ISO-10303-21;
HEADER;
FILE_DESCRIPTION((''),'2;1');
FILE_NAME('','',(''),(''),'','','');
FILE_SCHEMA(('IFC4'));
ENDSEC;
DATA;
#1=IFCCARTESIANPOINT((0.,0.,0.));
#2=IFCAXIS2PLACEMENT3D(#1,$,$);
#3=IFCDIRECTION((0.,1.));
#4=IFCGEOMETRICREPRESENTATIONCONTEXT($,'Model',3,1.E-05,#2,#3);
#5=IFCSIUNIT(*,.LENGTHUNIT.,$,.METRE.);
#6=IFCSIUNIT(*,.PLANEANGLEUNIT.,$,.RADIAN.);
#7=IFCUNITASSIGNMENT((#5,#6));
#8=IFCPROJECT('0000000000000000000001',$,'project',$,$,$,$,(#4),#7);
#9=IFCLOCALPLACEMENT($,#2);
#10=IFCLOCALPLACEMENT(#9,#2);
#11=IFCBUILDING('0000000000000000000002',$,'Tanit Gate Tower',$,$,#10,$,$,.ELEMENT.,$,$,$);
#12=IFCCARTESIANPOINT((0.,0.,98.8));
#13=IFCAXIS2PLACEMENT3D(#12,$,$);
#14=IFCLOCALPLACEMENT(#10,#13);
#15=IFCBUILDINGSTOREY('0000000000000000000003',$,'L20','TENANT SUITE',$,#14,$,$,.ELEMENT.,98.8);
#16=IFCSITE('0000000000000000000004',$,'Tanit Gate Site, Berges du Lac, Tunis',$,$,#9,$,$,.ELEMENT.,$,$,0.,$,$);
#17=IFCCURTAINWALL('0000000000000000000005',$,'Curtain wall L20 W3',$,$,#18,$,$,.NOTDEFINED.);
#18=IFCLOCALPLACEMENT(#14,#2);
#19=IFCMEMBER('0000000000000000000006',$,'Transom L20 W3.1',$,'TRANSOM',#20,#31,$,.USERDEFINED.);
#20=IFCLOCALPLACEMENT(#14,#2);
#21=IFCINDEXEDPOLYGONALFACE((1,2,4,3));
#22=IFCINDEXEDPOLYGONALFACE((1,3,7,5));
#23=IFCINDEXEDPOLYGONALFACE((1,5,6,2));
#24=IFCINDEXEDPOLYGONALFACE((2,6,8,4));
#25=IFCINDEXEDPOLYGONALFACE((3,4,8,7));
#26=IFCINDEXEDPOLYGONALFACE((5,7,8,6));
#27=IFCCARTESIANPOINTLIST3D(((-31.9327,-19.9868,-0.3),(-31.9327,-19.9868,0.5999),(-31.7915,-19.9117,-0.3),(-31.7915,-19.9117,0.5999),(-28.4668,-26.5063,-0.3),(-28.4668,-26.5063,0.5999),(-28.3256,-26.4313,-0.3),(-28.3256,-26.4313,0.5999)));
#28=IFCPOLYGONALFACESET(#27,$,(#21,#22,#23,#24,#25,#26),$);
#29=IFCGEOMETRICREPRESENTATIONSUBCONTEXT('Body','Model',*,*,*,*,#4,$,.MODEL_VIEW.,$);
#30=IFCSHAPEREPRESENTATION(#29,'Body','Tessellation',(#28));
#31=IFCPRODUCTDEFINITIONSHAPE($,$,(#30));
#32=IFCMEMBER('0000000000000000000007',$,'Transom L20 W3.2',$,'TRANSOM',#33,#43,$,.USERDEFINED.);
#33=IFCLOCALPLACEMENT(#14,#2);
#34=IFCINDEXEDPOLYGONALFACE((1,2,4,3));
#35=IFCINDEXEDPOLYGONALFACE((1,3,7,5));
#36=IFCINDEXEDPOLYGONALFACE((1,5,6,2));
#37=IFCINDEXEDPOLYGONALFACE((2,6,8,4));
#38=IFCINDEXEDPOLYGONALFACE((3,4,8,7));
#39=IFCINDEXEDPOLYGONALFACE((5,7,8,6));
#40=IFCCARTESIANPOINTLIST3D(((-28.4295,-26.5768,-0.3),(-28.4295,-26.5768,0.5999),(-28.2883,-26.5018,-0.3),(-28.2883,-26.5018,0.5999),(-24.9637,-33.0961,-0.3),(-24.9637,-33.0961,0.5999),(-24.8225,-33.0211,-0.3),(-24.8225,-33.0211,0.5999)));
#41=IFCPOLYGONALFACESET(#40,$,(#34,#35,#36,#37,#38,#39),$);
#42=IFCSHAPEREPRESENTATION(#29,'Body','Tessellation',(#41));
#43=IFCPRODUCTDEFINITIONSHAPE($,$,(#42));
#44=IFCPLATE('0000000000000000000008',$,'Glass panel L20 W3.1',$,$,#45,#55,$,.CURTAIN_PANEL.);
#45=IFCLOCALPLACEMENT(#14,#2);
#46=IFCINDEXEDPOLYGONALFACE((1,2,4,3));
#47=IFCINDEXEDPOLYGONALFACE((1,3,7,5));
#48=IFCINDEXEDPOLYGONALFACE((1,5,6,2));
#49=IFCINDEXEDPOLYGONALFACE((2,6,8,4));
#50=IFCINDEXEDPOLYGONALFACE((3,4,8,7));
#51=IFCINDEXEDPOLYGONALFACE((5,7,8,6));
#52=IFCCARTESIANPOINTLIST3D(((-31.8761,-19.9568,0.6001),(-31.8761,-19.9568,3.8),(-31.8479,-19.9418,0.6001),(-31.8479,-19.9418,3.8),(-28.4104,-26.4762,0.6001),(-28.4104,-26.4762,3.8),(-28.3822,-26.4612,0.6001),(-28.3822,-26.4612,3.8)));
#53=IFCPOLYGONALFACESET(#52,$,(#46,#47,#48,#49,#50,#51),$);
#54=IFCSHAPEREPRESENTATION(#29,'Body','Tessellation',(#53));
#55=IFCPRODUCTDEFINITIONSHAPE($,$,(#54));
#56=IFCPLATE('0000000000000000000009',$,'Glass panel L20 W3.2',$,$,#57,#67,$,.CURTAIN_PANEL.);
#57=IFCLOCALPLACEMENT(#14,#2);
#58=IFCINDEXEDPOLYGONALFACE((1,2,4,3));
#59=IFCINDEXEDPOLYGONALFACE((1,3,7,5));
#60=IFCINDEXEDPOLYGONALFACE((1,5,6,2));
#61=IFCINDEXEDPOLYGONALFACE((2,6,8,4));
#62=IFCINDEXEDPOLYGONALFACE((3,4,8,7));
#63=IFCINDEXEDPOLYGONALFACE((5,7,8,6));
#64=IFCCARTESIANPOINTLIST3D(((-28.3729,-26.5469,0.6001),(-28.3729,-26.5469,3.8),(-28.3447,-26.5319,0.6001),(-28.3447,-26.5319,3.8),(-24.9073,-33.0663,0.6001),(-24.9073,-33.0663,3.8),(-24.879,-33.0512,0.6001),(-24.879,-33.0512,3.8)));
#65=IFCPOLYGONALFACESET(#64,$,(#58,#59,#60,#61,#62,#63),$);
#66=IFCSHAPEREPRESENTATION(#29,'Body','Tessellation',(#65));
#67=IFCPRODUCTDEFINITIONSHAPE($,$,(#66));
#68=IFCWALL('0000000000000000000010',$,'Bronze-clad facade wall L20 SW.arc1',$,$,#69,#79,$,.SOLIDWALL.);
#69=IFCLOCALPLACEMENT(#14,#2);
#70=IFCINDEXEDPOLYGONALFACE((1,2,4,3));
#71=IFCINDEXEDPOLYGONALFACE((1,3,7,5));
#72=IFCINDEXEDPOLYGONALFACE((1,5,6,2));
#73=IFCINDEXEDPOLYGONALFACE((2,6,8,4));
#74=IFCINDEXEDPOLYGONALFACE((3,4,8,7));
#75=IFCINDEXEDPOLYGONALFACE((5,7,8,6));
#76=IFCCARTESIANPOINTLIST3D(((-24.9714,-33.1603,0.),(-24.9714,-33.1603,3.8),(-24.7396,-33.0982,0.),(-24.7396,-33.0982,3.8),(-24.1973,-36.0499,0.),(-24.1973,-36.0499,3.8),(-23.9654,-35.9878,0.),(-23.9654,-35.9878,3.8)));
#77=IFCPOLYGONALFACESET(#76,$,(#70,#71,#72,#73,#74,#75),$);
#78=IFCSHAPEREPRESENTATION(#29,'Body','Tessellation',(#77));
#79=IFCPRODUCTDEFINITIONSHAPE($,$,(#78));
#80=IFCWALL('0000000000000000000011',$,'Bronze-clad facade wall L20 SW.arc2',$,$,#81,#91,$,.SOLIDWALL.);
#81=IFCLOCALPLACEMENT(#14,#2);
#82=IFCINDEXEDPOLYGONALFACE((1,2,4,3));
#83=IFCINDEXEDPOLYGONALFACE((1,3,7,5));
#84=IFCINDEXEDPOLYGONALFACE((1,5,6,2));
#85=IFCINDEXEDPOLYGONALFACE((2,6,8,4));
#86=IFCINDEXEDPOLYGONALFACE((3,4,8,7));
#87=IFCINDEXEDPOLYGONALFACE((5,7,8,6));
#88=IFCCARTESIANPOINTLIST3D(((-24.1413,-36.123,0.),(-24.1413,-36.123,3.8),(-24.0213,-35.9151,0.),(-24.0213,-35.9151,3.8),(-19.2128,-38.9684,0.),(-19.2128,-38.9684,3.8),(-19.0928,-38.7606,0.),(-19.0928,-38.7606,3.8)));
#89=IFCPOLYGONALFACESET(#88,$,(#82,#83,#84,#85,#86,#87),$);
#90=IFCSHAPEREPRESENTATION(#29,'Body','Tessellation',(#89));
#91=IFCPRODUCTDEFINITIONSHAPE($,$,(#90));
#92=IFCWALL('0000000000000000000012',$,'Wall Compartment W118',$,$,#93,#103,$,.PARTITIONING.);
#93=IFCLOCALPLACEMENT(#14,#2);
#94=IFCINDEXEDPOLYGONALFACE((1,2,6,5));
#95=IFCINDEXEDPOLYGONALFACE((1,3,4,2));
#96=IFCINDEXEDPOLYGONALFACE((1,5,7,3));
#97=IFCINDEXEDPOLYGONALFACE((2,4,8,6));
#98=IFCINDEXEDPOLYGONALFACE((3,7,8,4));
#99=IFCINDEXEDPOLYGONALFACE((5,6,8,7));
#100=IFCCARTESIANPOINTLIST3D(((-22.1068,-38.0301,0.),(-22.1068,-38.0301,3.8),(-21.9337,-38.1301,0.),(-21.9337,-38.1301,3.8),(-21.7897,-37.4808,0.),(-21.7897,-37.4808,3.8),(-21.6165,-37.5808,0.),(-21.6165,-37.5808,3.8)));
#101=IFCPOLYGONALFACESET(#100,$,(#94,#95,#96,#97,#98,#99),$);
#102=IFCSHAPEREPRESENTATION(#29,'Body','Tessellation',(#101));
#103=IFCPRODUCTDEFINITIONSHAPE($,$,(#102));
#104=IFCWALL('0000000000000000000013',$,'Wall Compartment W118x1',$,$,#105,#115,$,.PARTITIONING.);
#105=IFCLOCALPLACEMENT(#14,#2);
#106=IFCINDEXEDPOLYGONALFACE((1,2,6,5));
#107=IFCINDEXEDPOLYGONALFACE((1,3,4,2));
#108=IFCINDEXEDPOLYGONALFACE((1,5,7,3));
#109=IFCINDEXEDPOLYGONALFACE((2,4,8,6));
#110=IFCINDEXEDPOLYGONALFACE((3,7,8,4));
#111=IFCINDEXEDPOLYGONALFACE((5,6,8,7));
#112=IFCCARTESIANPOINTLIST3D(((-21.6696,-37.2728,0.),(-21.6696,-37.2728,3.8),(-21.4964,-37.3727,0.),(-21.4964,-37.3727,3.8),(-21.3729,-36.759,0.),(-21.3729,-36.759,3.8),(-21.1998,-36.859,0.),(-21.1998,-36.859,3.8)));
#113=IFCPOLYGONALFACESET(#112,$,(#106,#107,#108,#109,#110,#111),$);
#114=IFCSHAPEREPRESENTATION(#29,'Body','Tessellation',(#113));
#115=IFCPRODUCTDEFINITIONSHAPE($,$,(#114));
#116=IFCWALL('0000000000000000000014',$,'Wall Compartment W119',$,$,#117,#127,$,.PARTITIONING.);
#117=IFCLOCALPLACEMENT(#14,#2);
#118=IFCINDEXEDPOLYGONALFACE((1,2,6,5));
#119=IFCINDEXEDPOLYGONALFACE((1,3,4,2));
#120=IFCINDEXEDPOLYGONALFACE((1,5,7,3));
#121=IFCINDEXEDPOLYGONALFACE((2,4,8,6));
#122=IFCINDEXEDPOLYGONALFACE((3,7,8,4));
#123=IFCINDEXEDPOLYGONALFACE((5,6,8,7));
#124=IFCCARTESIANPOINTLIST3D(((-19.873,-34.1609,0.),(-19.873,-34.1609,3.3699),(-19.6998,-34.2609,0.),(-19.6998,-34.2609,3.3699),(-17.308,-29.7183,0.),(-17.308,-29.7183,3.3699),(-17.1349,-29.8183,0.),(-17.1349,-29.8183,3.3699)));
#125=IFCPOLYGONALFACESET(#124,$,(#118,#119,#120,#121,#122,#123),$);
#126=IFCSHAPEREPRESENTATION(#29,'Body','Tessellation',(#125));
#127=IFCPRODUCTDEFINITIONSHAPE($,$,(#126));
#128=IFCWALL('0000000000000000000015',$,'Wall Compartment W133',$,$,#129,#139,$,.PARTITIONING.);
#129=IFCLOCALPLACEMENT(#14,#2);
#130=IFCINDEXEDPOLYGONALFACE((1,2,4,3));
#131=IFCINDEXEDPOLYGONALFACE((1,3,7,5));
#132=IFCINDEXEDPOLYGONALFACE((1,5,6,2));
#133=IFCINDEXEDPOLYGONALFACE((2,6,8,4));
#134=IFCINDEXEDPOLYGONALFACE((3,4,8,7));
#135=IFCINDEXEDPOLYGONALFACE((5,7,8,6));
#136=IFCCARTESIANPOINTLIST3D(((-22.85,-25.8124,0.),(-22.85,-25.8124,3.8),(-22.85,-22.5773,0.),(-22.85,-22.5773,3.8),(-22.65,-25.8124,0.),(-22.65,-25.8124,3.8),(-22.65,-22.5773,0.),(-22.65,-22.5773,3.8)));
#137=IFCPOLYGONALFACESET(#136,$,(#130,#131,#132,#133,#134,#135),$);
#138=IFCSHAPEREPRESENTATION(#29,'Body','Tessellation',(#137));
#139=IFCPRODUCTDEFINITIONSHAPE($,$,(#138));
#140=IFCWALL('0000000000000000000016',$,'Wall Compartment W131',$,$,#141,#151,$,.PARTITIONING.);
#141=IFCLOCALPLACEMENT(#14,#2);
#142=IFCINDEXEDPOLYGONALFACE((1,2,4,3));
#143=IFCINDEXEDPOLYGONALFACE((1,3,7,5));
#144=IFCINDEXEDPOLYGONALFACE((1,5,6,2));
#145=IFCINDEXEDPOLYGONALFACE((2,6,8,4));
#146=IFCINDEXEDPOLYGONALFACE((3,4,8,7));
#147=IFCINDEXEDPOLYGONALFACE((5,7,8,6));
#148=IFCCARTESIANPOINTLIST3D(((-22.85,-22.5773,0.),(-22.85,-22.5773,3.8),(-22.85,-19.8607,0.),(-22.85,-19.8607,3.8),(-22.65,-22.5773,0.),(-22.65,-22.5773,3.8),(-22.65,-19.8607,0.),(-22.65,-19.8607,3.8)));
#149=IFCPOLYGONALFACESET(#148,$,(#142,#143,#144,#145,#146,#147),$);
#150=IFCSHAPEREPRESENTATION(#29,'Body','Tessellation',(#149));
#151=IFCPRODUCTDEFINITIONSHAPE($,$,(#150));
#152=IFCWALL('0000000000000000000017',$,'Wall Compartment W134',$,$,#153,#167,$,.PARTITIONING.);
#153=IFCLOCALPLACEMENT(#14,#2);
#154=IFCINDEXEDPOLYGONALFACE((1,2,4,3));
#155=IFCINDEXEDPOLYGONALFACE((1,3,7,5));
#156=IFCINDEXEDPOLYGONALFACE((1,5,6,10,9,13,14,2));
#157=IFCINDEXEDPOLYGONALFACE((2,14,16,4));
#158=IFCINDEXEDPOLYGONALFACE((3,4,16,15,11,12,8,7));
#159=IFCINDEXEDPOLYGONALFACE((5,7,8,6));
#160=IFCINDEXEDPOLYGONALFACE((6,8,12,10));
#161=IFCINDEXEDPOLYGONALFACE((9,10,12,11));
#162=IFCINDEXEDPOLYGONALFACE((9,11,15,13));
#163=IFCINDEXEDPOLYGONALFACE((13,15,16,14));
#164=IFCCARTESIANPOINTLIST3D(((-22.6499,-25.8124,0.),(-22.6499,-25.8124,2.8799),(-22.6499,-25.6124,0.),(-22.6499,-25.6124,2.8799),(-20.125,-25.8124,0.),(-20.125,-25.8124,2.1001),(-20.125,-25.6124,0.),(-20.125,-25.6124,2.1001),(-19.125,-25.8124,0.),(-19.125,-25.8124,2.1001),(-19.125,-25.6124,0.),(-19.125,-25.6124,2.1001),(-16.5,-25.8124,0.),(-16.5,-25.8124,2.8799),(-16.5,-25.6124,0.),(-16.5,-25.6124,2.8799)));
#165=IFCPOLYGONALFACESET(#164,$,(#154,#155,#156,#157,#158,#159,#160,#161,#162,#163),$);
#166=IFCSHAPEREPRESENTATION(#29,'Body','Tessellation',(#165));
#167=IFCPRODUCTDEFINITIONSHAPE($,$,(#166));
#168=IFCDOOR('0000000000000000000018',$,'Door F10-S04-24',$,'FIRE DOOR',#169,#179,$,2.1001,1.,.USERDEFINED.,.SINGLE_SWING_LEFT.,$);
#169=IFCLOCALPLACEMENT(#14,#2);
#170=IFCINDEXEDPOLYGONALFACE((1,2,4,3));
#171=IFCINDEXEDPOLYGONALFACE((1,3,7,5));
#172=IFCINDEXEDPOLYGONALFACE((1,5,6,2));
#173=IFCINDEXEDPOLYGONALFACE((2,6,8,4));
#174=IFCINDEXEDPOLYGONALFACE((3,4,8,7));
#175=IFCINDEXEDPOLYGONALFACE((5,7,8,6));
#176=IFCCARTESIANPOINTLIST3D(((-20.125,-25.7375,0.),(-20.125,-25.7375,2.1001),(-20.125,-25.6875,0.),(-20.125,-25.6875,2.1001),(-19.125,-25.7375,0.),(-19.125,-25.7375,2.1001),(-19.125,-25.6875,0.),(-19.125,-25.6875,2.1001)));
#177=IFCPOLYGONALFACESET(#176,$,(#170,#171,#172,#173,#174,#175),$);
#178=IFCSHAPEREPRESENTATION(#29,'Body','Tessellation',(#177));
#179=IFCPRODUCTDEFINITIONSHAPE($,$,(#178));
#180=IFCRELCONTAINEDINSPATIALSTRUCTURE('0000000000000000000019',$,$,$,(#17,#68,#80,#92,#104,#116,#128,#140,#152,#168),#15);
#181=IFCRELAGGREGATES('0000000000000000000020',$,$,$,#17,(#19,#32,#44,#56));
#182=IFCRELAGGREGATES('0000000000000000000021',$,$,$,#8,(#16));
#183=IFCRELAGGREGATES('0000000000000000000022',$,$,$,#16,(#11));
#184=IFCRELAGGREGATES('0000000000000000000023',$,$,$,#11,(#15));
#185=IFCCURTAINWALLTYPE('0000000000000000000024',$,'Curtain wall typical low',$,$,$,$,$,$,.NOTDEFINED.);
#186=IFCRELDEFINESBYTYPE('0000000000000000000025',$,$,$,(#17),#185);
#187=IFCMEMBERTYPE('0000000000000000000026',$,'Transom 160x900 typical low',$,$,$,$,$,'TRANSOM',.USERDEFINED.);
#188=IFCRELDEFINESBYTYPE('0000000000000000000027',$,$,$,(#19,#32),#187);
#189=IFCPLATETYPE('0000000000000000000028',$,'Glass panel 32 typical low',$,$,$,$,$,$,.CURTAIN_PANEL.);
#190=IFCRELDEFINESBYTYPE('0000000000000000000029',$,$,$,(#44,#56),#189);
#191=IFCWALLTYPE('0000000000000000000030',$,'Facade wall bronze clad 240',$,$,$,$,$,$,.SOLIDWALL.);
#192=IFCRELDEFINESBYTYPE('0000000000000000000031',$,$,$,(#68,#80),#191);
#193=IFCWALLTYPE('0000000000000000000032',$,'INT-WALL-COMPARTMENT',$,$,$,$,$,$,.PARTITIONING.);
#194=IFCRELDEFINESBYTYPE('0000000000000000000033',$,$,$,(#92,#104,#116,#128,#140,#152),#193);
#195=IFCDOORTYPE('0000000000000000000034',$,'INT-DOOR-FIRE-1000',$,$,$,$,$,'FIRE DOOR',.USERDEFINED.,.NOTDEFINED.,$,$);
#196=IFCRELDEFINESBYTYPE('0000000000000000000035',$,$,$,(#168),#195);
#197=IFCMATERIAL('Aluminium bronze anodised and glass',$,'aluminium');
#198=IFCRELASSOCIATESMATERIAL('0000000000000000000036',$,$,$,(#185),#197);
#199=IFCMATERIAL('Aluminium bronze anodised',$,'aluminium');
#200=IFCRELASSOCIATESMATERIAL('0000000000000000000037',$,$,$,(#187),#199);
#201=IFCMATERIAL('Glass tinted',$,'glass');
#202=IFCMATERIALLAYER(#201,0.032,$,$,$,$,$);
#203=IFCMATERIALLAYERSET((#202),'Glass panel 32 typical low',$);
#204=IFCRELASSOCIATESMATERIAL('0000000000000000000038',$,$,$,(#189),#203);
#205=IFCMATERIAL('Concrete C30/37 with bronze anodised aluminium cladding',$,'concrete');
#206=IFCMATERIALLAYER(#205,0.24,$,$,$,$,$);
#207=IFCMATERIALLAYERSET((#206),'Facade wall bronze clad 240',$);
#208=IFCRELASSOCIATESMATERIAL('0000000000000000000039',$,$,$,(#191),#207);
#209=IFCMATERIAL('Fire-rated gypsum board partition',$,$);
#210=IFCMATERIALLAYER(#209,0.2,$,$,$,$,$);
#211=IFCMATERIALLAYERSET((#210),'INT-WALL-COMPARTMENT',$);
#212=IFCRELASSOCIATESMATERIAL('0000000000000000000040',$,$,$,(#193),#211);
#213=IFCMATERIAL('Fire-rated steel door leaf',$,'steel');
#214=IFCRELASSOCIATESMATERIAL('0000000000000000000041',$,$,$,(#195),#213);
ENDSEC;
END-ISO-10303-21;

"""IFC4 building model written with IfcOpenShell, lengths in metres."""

from ifc_helpers import new_model, si_unit, direction, frame, frame_2d, origin, origin_2d, place, context, subcontext, project, spatial, rectangle, extrude, material, layer, layer_set, material_profile, profile_set, type_object, element, fill, aggregate, save


model = new_model("IFC4")

# Units and contexts
model_context = context("Model", 3, precision=1e-05, world=origin(), true_north=direction((0.0, 1.0)))
body_context = subcontext(model_context, "Body", "Model", "MODEL_VIEW")
ifc_project = project(units=[si_unit("LENGTHUNIT", "METRE"), si_unit("PLANEANGLEUNIT", "RADIAN")], contexts=[model_context])

# Site, building, storey
site_placement = place(None, origin())
site = spatial("IfcSite", under=ifc_project, at=site_placement, Name="Tanit Gate Site, Berges du Lac, Tunis", CompositionType="ELEMENT", RefElevation=0.0)
building_placement = place(site_placement, origin())
building = spatial("IfcBuilding", under=site, at=building_placement, Name="Tanit Gate Tower", CompositionType="ELEMENT")
storey_placement = place(building_placement, frame((0.0, 0.0, 98.8)))
storey = spatial("IfcBuildingStorey", under=building, at=storey_placement, Name="L20", Description="TENANT SUITE", CompositionType="ELEMENT", Elevation=98.8)

# Curtain wall
ifc_material_1 = material(Name="Aluminium bronze anodised and glass", Category="aluminium")
curtain_wall_type = type_object("IfcCurtainWallType", Name="Curtain wall typical low", PredefinedType="NOTDEFINED", material=ifc_material_1)
curtain_wall_placement = place(storey_placement, origin())
curtain_wall = element("IfcCurtainWall", 1, at=curtain_wall_placement, inside=storey, type_object=curtain_wall_type, Name="Curtain wall L20 W3", PredefinedType="NOTDEFINED")

# Members
ifc_material_2 = material(Name="Aluminium bronze anodised", Category="aluminium")
ifc_material_profile_1 = material_profile(ifc_material_2, rectangle(XDim=0.1599, YDim=0.8999, at=origin_2d()), Name="160x900 bronze transom")
ifc_profile_set_1 = profile_set([ifc_material_profile_1], Name="Aluminium bronze anodised")
member_type_1 = type_object("IfcMemberType", Name="Transom 160x900 typical low", ElementType="TRANSOM", PredefinedType="USERDEFINED", material=ifc_profile_set_1)
member_1_placement = place(storey_placement, frame((-31.8621, -19.9492, 0.1499), z_axis=(0.4694, -0.882986, 0.0), x_axis=(0.882986, 0.4694, 0.0)))
member_1 = element("IfcMember", 2, at=member_1_placement, type_object=member_type_1, Name="Transom L20 W3.1", ObjectType="TRANSOM", PredefinedType="USERDEFINED", context=body_context, shape_type="SweptSolid", body=[
    extrude(rectangle(XDim=0.1599, YDim=0.8999, at=origin_2d()), origin(), (0.0, 0.0, 1.0), 7.3835),
])
member_2_placement = place(storey_placement, frame((-28.3589, -26.5393, 0.1499), z_axis=(0.469414, -0.882978, 0.0), x_axis=(0.882978, 0.469414, 0.0)))
member_2 = element("IfcMember", 3, at=member_2_placement, type_object=member_type_1, Name="Transom L20 W3.2", ObjectType="TRANSOM", PredefinedType="USERDEFINED", context=body_context, shape_type="SweptSolid", body=[
    extrude(rectangle(XDim=0.1599, YDim=0.8999, at=origin_2d()), origin(), (0.0, 0.0, 1.0), 7.3833),
])

# Plates
ifc_material_3 = material(Name="Glass tinted", Category="glass")
ifc_layer_1 = layer(ifc_material_3, 0.032)
ifc_layer_set_1 = layer_set([ifc_layer_1], Name="Glass panel 32 typical low")
plate_type = type_object("IfcPlateType", Name="Glass panel 32 typical low", PredefinedType="CURTAIN_PANEL", material=ifc_layer_set_1)
plate_1_placement = place(storey_placement, frame((-30.1292, -23.209, 0.6001), z_axis=(0.0, 0.0, 1.0), x_axis=(0.469396, -0.882988, 0.0)))
plate_1 = element("IfcPlate", 4, at=plate_1_placement, type_object=plate_type, Name="Glass panel L20 W3.1", PredefinedType="CURTAIN_PANEL", context=body_context, shape_type="SweptSolid", body=[
    extrude(rectangle(XDim=7.3833, YDim=0.032, at=origin_2d()), origin(), (0.0, 0.0, 1.0), 3.2),
])
plate_2_placement = place(storey_placement, frame((-26.626, -29.7991, 0.6001), z_axis=(0.0, 0.0, 1.0), x_axis=(0.469396, -0.882988, 0.0)))
plate_2 = element("IfcPlate", 5, at=plate_2_placement, type_object=plate_type, Name="Glass panel L20 W3.2", PredefinedType="CURTAIN_PANEL", context=body_context, shape_type="SweptSolid", body=[
    extrude(rectangle(XDim=7.3833, YDim=0.032, at=origin_2d()), origin(), (0.0, 0.0, 1.0), 3.2),
])
aggregate(curtain_wall, [member_1, member_2, plate_1, plate_2])

# Walls
ifc_material_4 = material(Name="Concrete C30/37 with bronze anodised aluminium cladding", Category="concrete")
ifc_layer_2 = layer(ifc_material_4, 0.24)
ifc_layer_set_2 = layer_set([ifc_layer_2], Name="Facade wall bronze clad 240")
wall_type_1 = type_object("IfcWallType", Name="Facade wall bronze clad 240", PredefinedType="SOLIDWALL", material=ifc_layer_set_2)
wall_1_placement = place(storey_placement, frame((-24.8555, -33.1294, 0.0), z_axis=(0.0, 0.0, 1.0), x_axis=(0.258785, -0.965935, 0.0)))
element("IfcWall", 6, at=wall_1_placement, inside=storey, type_object=wall_type_1, Name="Bronze-clad facade wall L20 SW.arc1", PredefinedType="SOLIDWALL", context=body_context, shape_type="SweptSolid", body=[
    extrude(rectangle(XDim=2.9915, YDim=0.24, at=frame_2d((1.4956, 0.0))), origin(), (0.0, 0.0, 1.0), 3.8),
])
wall_2_placement = place(storey_placement, frame((-24.0813, -36.019, 0.0), z_axis=(0.0, 0.0, 1.0), x_axis=(0.866025, -0.500001, 0.0)))
element("IfcWall", 7, at=wall_2_placement, inside=storey, type_object=wall_type_1, Name="Bronze-clad facade wall L20 SW.arc2", PredefinedType="SOLIDWALL", context=body_context, shape_type="SweptSolid", body=[
    extrude(rectangle(XDim=5.6909, YDim=0.24, at=frame_2d((2.8455, 0.0))), origin(), (0.0, 0.0, 1.0), 3.8),
])
ifc_material_5 = material(Name="Fire-rated gypsum board partition")
ifc_layer_3 = layer(ifc_material_5, 0.2)
ifc_layer_set_3 = layer_set([ifc_layer_3], Name="INT-WALL-COMPARTMENT")
wall_type_2 = type_object("IfcWallType", Name="INT-WALL-COMPARTMENT", PredefinedType="PARTITIONING", material=ifc_layer_set_3)
wall_3_placement = place(storey_placement, frame((-22.0203, -38.0801, 0.0), z_axis=(0.0, 0.0, 1.0), x_axis=(0.499989, 0.866032, 0.0)))
element("IfcWall", 8, at=wall_3_placement, inside=storey, type_object=wall_type_2, Name="Wall Compartment W118", PredefinedType="PARTITIONING", context=body_context, shape_type="SweptSolid", body=[
    extrude(rectangle(XDim=0.6343, YDim=0.2, at=frame_2d((0.3171, 0.0))), origin(), (0.0, 0.0, 1.0), 3.8),
])
wall_4_placement = place(storey_placement, frame((-21.583, -37.3228, 0.0), z_axis=(0.0, 0.0, 1.0), x_axis=(0.500079, 0.86598, 0.0)))
element("IfcWall", 9, at=wall_4_placement, inside=storey, type_object=wall_type_2, Name="Wall Compartment W118x1", PredefinedType="PARTITIONING", context=body_context, shape_type="SweptSolid", body=[
    extrude(rectangle(XDim=0.5933, YDim=0.2, at=frame_2d((0.2966, 0.0))), origin(), (0.0, 0.0, 1.0), 3.8),
])
wall_5_placement = place(storey_placement, frame((-19.7864, -34.2109, 0.0), z_axis=(0.0, 0.0, 1.0), x_axis=(0.499998, 0.866026, 0.0)))
element("IfcWall", 10, at=wall_5_placement, inside=storey, type_object=wall_type_2, Name="Wall Compartment W119", PredefinedType="PARTITIONING", context=body_context, shape_type="SweptSolid", body=[
    extrude(rectangle(XDim=5.1299, YDim=0.2, at=frame_2d((2.5649, 0.0))), origin(), (0.0, 0.0, 1.0), 3.3699),
])
wall_6_placement = place(storey_placement, frame((-22.75, -25.8125, 0.0), z_axis=(0.0, 0.0, 1.0), x_axis=(0.0, 1.0, 0.0)))
element("IfcWall", 11, at=wall_6_placement, inside=storey, type_object=wall_type_2, Name="Wall Compartment W133", PredefinedType="PARTITIONING", context=body_context, shape_type="SweptSolid", body=[
    extrude(rectangle(XDim=3.2351, YDim=0.2, at=frame_2d((1.6177, 0.0))), origin(), (0.0, 0.0, 1.0), 3.8),
])
wall_7_placement = place(storey_placement, frame((-22.75, -22.5774, 0.0), z_axis=(0.0, 0.0, 1.0), x_axis=(0.0, 1.0, 0.0)))
element("IfcWall", 12, at=wall_7_placement, inside=storey, type_object=wall_type_2, Name="Wall Compartment W131", PredefinedType="PARTITIONING", context=body_context, shape_type="SweptSolid", body=[
    extrude(rectangle(XDim=2.7166, YDim=0.2, at=frame_2d((1.3584, 0.0))), origin(), (0.0, 0.0, 1.0), 3.8),
])

# Wall, opening, door
wall_8_placement = place(storey_placement, frame((-22.6499, -25.7124, 0.0), z_axis=(0.0, 0.0, 1.0), x_axis=(1.0, 0.0, 0.0)))
wall_8 = element("IfcWall", 13, at=wall_8_placement, inside=storey, type_object=wall_type_2, Name="Wall Compartment W134", PredefinedType="PARTITIONING", context=body_context, shape_type="SweptSolid", body=[
    extrude(rectangle(XDim=6.1499, YDim=0.2, at=frame_2d((3.075, 0.0))), origin(), (0.0, 0.0, 1.0), 2.8799),
])
opening_placement = place(wall_8_placement, frame((2.5249, 0.0, 0.0)))
opening = element("IfcOpeningElement", 14, at=opening_placement, cuts=wall_8, PredefinedType="OPENING", context=body_context, shape_type="SweptSolid", body=[
    extrude(rectangle(XDim=1.0, YDim=2.1001, at=frame_2d((0.5, 1.05))), frame((0.0, 0.1099, 0.0), z_axis=(0.0, -1.0, 0.0), x_axis=(1.0, 0.0, 0.0)), (0.0, 0.0, 1.0), 0.22),
])
ifc_material_6 = material(Name="Fire-rated steel door leaf", Category="steel")
door_type = type_object("IfcDoorType", Name="INT-DOOR-FIRE-1000", ElementType="FIRE DOOR", OperationType="NOTDEFINED", PredefinedType="USERDEFINED", material=ifc_material_6)
door_placement = place(opening_placement, origin())
door = element("IfcDoor", 15, at=door_placement, inside=storey, type_object=door_type, Name="Door F10-S04-24", ObjectType="FIRE DOOR", OperationType="SINGLE_SWING_LEFT", OverallHeight=2.1001, OverallWidth=1.0, PredefinedType="USERDEFINED", context=body_context, shape_type="SweptSolid", body=[
    extrude(rectangle(XDim=1.0, YDim=2.1001, at=frame_2d((0.5, 1.05))), frame((0.0, 0.0249, 0.0), z_axis=(0.0, -1.0, 0.0), x_axis=(1.0, 0.0, 0.0)), (0.0, 0.0, 1.0), 0.05),
])
fill(opening, door)

save(model, "model.ifc")
